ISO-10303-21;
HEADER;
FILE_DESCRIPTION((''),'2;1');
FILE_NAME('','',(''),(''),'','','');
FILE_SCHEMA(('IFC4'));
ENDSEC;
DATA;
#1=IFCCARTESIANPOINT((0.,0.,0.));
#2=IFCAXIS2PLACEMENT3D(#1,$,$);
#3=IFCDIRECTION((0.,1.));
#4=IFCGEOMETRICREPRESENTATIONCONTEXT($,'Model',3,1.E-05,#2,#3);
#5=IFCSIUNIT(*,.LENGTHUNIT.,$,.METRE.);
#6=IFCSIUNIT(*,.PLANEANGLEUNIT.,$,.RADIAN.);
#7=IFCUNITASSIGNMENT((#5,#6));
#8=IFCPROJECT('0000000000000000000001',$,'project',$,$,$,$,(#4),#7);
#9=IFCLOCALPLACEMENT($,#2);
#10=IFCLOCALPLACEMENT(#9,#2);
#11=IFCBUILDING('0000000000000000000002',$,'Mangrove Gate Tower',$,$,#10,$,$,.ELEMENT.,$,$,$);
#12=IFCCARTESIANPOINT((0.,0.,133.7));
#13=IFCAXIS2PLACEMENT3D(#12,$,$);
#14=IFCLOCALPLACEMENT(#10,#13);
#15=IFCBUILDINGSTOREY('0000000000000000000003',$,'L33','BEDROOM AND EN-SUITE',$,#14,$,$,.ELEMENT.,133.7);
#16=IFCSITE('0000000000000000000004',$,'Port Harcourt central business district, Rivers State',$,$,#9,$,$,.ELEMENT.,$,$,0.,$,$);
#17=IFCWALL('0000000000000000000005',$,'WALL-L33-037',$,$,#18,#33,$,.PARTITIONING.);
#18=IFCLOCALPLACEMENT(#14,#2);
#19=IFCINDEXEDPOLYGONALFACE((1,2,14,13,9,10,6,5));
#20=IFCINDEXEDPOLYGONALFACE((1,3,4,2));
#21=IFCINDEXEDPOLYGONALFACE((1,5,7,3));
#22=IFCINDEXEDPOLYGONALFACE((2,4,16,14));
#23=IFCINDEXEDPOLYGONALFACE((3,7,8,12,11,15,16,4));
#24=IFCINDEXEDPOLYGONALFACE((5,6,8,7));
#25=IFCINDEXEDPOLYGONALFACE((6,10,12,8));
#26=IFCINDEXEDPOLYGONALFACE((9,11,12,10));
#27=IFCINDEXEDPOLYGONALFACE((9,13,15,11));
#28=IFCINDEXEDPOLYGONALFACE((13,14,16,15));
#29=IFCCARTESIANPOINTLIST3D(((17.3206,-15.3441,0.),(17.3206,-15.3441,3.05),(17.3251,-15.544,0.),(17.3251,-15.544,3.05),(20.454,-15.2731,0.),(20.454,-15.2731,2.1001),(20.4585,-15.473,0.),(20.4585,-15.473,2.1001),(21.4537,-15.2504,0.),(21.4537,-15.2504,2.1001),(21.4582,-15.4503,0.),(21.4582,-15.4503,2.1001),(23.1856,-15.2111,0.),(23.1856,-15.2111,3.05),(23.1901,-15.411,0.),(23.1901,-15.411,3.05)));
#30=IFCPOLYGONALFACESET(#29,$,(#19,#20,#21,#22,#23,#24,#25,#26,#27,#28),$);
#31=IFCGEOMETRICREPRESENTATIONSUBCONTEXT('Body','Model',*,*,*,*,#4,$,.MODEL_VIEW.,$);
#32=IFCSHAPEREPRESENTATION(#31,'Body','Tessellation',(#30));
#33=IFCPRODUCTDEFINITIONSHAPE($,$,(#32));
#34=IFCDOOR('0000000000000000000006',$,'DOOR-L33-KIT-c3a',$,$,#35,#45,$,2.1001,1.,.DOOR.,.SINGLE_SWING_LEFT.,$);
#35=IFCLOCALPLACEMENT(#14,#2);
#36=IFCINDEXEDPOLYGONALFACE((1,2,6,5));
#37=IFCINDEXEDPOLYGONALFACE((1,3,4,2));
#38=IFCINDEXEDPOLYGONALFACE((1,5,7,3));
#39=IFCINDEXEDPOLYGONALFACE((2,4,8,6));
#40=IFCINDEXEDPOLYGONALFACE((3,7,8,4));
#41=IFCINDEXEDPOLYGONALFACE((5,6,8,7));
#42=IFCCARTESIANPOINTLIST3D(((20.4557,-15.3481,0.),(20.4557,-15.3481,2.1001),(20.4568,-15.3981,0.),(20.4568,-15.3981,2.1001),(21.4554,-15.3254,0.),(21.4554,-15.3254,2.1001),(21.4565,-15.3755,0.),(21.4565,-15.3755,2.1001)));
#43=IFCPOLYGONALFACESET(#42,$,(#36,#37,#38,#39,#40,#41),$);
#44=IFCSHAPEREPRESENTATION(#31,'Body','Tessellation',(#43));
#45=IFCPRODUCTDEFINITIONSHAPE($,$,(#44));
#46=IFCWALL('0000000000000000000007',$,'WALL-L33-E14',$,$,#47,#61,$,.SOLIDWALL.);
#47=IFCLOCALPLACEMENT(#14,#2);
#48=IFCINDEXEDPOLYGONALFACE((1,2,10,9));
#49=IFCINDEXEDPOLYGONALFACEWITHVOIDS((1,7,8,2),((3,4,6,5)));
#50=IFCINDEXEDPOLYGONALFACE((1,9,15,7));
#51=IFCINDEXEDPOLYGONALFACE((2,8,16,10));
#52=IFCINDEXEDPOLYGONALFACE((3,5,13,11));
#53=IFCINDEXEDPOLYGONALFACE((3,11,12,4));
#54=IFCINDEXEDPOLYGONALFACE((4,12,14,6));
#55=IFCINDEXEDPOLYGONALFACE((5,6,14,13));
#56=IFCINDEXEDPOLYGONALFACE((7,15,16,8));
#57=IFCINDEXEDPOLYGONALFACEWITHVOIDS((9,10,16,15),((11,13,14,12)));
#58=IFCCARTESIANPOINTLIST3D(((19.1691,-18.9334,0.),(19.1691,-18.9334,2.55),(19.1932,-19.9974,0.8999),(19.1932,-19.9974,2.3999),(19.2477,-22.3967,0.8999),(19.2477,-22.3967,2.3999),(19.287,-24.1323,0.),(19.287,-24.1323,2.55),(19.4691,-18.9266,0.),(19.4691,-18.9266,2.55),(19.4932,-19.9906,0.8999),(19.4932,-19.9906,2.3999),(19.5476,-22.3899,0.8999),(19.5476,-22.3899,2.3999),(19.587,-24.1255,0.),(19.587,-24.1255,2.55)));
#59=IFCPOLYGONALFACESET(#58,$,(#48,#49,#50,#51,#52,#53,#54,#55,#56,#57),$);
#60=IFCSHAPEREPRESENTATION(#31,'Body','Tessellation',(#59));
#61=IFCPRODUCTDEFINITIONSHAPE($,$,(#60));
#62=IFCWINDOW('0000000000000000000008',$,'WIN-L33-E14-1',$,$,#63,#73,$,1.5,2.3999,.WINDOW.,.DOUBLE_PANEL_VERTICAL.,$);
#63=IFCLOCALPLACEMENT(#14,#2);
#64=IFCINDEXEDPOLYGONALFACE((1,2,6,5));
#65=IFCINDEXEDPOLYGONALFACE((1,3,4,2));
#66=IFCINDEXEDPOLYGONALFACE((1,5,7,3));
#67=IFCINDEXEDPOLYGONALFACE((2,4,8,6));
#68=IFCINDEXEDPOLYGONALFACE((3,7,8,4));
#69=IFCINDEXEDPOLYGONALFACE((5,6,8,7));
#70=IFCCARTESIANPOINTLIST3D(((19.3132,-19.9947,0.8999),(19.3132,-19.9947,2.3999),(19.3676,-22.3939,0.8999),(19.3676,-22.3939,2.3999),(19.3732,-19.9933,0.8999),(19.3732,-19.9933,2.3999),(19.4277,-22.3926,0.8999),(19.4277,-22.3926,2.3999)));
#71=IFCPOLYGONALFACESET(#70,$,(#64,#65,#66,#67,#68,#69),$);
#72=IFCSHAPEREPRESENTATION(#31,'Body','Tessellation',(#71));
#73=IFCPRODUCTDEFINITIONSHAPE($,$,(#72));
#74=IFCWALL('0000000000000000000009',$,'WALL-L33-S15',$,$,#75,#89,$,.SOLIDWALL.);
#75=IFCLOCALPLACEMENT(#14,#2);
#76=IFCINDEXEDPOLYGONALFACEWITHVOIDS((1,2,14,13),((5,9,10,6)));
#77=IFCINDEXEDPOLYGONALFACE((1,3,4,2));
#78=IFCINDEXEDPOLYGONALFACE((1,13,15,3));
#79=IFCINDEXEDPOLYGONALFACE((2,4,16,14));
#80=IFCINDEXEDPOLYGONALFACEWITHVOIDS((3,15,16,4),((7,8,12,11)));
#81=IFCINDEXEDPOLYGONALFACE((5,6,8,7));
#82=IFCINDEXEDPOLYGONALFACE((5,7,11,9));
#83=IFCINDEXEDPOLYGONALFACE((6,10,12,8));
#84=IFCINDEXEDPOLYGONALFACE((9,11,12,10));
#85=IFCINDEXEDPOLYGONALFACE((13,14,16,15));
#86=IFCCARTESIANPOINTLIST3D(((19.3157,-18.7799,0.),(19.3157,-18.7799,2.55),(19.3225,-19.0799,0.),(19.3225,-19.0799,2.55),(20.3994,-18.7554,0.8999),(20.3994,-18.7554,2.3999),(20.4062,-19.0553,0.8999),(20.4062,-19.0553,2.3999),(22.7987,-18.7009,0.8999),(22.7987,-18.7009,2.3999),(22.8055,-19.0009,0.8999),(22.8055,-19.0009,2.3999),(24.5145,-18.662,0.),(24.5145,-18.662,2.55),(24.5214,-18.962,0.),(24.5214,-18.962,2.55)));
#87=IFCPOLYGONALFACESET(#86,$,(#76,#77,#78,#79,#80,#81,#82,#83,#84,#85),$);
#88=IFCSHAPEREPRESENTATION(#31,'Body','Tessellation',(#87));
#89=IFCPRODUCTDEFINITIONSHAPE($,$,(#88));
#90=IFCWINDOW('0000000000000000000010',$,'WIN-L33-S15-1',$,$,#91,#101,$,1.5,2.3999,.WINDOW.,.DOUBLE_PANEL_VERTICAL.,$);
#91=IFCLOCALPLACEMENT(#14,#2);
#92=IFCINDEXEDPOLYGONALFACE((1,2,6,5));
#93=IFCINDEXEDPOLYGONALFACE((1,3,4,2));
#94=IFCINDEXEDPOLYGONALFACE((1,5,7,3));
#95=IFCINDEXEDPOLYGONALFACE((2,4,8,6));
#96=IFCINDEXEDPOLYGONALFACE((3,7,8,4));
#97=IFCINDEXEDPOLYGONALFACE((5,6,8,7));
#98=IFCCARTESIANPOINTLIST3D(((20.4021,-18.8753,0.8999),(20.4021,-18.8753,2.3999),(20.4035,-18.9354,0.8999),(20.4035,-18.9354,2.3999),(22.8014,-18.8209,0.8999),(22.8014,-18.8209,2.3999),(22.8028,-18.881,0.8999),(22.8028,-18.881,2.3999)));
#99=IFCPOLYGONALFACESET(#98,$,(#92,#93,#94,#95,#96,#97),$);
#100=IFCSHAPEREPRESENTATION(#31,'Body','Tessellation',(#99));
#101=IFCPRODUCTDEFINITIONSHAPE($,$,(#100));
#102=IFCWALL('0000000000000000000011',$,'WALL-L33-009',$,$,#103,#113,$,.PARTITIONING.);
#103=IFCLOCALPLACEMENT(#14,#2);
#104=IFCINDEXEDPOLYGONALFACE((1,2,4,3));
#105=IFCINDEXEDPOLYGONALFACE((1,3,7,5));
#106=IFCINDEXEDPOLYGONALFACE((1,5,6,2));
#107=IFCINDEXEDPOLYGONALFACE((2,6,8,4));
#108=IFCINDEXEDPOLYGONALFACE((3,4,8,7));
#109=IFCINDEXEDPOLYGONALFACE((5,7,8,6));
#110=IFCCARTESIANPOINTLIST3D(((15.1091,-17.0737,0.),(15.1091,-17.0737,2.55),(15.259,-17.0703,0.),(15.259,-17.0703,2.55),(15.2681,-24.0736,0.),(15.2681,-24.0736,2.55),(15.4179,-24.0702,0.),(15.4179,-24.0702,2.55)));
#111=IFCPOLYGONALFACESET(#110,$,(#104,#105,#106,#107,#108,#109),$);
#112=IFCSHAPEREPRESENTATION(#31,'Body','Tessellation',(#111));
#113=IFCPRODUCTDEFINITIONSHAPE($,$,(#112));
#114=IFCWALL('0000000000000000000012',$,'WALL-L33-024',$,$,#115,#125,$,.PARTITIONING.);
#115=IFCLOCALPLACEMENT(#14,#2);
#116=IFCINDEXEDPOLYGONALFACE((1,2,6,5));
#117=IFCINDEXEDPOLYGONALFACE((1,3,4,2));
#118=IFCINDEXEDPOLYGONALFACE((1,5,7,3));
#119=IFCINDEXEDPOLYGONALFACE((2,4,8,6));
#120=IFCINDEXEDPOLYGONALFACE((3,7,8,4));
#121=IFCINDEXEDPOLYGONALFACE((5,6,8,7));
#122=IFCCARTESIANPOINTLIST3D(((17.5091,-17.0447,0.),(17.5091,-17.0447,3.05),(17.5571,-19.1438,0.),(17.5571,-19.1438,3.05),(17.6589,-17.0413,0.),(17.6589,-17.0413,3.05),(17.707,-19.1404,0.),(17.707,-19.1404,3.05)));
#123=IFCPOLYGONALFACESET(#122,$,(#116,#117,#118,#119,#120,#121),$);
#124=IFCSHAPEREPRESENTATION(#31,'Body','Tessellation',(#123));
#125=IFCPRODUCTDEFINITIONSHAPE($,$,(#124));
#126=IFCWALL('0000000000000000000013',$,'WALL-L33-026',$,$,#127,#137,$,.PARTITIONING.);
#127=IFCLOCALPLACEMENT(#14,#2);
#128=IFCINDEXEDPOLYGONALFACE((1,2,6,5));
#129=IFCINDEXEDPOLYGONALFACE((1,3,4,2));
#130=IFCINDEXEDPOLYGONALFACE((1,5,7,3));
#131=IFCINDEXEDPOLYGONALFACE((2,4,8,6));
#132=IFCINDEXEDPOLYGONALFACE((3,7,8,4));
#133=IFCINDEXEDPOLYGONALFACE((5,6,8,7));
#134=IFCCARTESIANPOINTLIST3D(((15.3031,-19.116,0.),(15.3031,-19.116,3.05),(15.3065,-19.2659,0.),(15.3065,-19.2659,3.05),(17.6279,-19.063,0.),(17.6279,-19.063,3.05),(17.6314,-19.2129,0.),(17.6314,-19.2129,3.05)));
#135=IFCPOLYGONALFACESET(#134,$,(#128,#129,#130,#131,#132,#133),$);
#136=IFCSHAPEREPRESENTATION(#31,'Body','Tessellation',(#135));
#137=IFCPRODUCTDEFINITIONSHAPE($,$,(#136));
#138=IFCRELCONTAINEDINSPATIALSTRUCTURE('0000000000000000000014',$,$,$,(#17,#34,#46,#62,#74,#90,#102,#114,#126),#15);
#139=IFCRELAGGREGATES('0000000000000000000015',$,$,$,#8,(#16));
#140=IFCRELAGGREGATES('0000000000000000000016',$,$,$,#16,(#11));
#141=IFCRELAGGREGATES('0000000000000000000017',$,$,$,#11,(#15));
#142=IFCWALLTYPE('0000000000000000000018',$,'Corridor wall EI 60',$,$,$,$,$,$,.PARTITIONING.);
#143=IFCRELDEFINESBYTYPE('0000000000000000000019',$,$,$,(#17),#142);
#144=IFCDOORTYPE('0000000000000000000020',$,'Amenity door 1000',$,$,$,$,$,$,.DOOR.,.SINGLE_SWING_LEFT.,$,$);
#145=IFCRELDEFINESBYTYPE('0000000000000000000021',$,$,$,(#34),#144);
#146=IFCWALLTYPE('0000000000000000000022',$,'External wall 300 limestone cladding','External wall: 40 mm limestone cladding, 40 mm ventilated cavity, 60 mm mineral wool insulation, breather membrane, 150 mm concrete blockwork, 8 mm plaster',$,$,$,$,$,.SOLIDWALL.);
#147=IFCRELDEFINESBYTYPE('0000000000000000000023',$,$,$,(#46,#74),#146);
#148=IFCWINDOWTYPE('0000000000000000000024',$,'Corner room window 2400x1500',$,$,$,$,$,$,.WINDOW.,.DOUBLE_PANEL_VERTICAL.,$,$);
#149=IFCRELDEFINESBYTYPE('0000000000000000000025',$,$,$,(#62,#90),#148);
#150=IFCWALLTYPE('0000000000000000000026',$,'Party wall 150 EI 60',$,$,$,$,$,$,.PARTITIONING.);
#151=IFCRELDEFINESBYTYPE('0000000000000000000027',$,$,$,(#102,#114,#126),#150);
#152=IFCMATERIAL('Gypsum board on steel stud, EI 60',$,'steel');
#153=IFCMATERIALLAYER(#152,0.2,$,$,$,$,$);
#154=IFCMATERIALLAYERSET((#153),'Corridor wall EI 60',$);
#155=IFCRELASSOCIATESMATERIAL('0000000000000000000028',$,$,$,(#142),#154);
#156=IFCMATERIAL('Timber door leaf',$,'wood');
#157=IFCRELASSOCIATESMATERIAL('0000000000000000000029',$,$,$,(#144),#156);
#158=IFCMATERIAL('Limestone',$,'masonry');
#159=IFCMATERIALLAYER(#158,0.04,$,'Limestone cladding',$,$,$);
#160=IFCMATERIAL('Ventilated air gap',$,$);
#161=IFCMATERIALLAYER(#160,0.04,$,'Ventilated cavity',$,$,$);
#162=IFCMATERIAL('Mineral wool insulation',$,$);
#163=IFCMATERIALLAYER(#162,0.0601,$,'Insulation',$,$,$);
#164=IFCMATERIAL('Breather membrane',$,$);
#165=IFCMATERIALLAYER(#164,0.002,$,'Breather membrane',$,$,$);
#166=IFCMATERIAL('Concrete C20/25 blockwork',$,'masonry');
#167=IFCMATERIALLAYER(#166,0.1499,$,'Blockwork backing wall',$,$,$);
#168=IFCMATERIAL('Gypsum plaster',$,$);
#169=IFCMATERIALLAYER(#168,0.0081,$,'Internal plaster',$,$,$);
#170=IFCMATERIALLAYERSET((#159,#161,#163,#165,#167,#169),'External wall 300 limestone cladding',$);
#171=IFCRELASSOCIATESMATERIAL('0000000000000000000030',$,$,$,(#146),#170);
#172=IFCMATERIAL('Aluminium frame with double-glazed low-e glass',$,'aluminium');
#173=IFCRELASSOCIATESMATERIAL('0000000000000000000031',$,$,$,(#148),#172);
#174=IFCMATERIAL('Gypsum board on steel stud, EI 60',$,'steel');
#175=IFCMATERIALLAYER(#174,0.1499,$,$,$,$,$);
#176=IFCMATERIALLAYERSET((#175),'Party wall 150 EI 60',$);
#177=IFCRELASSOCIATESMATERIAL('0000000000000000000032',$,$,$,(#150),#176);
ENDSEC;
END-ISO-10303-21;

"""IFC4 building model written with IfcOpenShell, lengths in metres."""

from ifc_helpers import new_model, si_unit, direction, frame, frame_2d, origin, place, context, subcontext, project, spatial, rectangle, extrude, material, layer, layer_set, type_object, element, fill, save


model = new_model("IFC4")

# Units and contexts
model_context = context("Model", 3, precision=1e-05, world=origin(), true_north=direction((0.0, 1.0)))
body_context = subcontext(model_context, "Body", "Model", "MODEL_VIEW")
ifc_project = project(units=[si_unit("LENGTHUNIT", "METRE"), si_unit("PLANEANGLEUNIT", "RADIAN")], contexts=[model_context])

# Site, building, storey
site_placement = place(None, origin())
site = spatial("IfcSite", under=ifc_project, at=site_placement, Name="Port Harcourt central business district, Rivers State", CompositionType="ELEMENT", RefElevation=0.0)
building_placement = place(site_placement, origin())
building = spatial("IfcBuilding", under=site, at=building_placement, Name="Mangrove Gate Tower", CompositionType="ELEMENT")
storey_placement = place(building_placement, frame((0.0, 0.0, 133.7)))
storey = spatial("IfcBuildingStorey", under=building, at=storey_placement, Name="L33", Description="BEDROOM AND EN-SUITE", CompositionType="ELEMENT", Elevation=133.7)

# Shared definitions
ifc_material_1 = material(Name="Gypsum board on steel stud, EI 60", Category="steel")
ifc_layer_1 = layer(ifc_material_1, 0.2)
ifc_layer_set_1 = layer_set([ifc_layer_1], Name="Corridor wall EI 60")
wall_type_1 = type_object("IfcWallType", Name="Corridor wall EI 60", PredefinedType="PARTITIONING", material=ifc_layer_set_1)

# Shared definitions
ifc_material_2 = material(Name="Timber door leaf", Category="wood")
door_type_1 = type_object("IfcDoorType", Name="Amenity door 1000", OperationType="SINGLE_SWING_LEFT", PredefinedType="DOOR", material=ifc_material_2)

# Wall, opening, door
wall_1_placement = place(storey_placement, frame((17.323, -15.4441, 0.0), z_axis=(0.0, 0.0, 1.0), x_axis=(0.999743, 0.022681, 0.0)))
wall_1 = element("IfcWall", 1, at=wall_1_placement, inside=storey, type_object=wall_type_1, Name="WALL-L33-037", PredefinedType="PARTITIONING", context=body_context, shape_type="SweptSolid", body=[
    extrude(rectangle(XDim=5.8665, YDim=0.2, at=frame_2d((2.9331, 0.0))), origin(), (0.0, 0.0, 1.0), 3.05),
])
opening_1_placement = place(wall_1_placement, frame((3.134, 0.0, 0.0)))
opening_1 = element("IfcOpeningElement", 2, at=opening_1_placement, cuts=wall_1, PredefinedType="OPENING", context=body_context, shape_type="SweptSolid", body=[
    extrude(rectangle(XDim=1.0, YDim=2.1001, at=frame_2d((0.5, 1.05))), frame((0.0, 0.1099, 0.0), z_axis=(0.0, -1.0, 0.0), x_axis=(1.0, 0.0, 0.0)), (0.0, 0.0, 1.0), 0.22),
])
door_1_placement = place(opening_1_placement, origin())
door_1 = element("IfcDoor", 3, at=door_1_placement, inside=storey, type_object=door_type_1, Name="DOOR-L33-KIT-c3a", OperationType="SINGLE_SWING_LEFT", OverallHeight=2.1001, OverallWidth=1.0, PredefinedType="DOOR", context=body_context, shape_type="SweptSolid", body=[
    extrude(rectangle(XDim=1.0, YDim=2.1001, at=frame_2d((0.5, 1.05))), frame((0.0, 0.0249, 0.0), z_axis=(0.0, -1.0, 0.0), x_axis=(1.0, 0.0, 0.0)), (0.0, 0.0, 1.0), 0.05),
])
fill(opening_1, door_1)

# Shared definitions
ifc_material_3 = material(Name="Limestone", Category="masonry")
ifc_layer_2 = layer(ifc_material_3, 0.04, Name="Limestone cladding")
ifc_material_4 = material(Name="Ventilated air gap")
ifc_layer_3 = layer(ifc_material_4, 0.04, Name="Ventilated cavity")
ifc_material_5 = material(Name="Mineral wool insulation")
ifc_layer_4 = layer(ifc_material_5, 0.0601, Name="Insulation")
ifc_material_6 = material(Name="Breather membrane")
ifc_layer_5 = layer(ifc_material_6, 0.002, Name="Breather membrane")
ifc_material_7 = material(Name="Concrete C20/25 blockwork", Category="masonry")
ifc_layer_6 = layer(ifc_material_7, 0.1499, Name="Blockwork backing wall")
ifc_material_8 = material(Name="Gypsum plaster")
ifc_layer_7 = layer(ifc_material_8, 0.0081, Name="Internal plaster")
ifc_layer_set_2 = layer_set([ifc_layer_2, ifc_layer_3, ifc_layer_4, ifc_layer_5, ifc_layer_6, ifc_layer_7], Name="External wall 300 limestone cladding")
wall_type_2 = type_object("IfcWallType", Name="External wall 300 limestone cladding", Description="External wall: 40 mm limestone cladding, 40 mm ventilated cavity, 60 mm mineral wool insulation, breather membrane, 150 mm concrete blockwork, 8 mm plaster", PredefinedType="SOLIDWALL", material=ifc_layer_set_2)

# Walls, openings, windows
wall_2_placement = place(storey_placement, frame((19.437, -24.1289, 0.0), z_axis=(0.0, 0.0, 1.0), x_axis=(-0.022676, 0.999743, 0.0)))
wall_2 = element("IfcWall", 4, at=wall_2_placement, inside=storey, type_object=wall_type_2, Name="WALL-L33-E14", PredefinedType="SOLIDWALL", context=body_context, shape_type="SweptSolid", body=[
    extrude(rectangle(XDim=5.2002, YDim=0.3, at=frame_2d((2.6001, 0.0))), origin(), (0.0, 0.0, 1.0), 2.55),
])
opening_2_placement = place(wall_2_placement, frame((1.7361, 0.0, 0.8999)))
opening_2 = element("IfcOpeningElement", 5, at=opening_2_placement, cuts=wall_2, PredefinedType="OPENING", context=body_context, shape_type="SweptSolid", body=[
    extrude(rectangle(XDim=2.3999, YDim=1.5, at=frame_2d((1.2, 0.75))), frame((0.0, 0.1599, 0.0), z_axis=(0.0, -1.0, 0.0), x_axis=(1.0, 0.0, 0.0)), (0.0, 0.0, 1.0), 0.3201),
])
ifc_material_9 = material(Name="Aluminium frame with double-glazed low-e glass", Category="aluminium")
window_type_1 = type_object("IfcWindowType", Name="Corner room window 2400x1500", PartitioningType="DOUBLE_PANEL_VERTICAL", PredefinedType="WINDOW", material=ifc_material_9)
window_1_placement = place(opening_2_placement, origin())
window_1 = element("IfcWindow", 6, at=window_1_placement, inside=storey, type_object=window_type_1, Name="WIN-L33-E14-1", OverallHeight=1.5, OverallWidth=2.3999, PartitioningType="DOUBLE_PANEL_VERTICAL", PredefinedType="WINDOW", context=body_context, shape_type="SweptSolid", body=[
    extrude(rectangle(XDim=2.3999, YDim=1.5, at=frame_2d((1.2, 0.75))), frame((0.0, 0.03, 0.0), z_axis=(0.0, -1.0, 0.0), x_axis=(1.0, 0.0, 0.0)), (0.0, 0.0, 1.0), 0.0601),
])
fill(opening_2, window_1)
wall_3_placement = place(storey_placement, frame((19.3191, -18.9299, 0.0), z_axis=(0.0, 0.0, 1.0), x_axis=(0.999743, 0.022676, 0.0)))
wall_3 = element("IfcWall", 7, at=wall_3_placement, inside=storey, type_object=wall_type_2, Name="WALL-L33-S15", PredefinedType="SOLIDWALL", context=body_context, shape_type="SweptSolid", body=[
    extrude(rectangle(XDim=5.2002, YDim=0.3, at=frame_2d((2.6001, 0.0))), origin(), (0.0, 0.0, 1.0), 2.55),
])
opening_3_placement = place(wall_3_placement, frame((1.084, 0.0, 0.8999)))
opening_3 = element("IfcOpeningElement", 8, at=opening_3_placement, cuts=wall_3, PredefinedType="OPENING", context=body_context, shape_type="SweptSolid", body=[
    extrude(rectangle(XDim=2.3999, YDim=1.5, at=frame_2d((1.2, 0.75))), frame((0.0, 0.1599, 0.0), z_axis=(0.0, -1.0, 0.0), x_axis=(1.0, 0.0, 0.0)), (0.0, 0.0, 1.0), 0.3201),
])
window_2_placement = place(opening_3_placement, origin())
window_2 = element("IfcWindow", 9, at=window_2_placement, inside=storey, type_object=window_type_1, Name="WIN-L33-S15-1", OverallHeight=1.5, OverallWidth=2.3999, PartitioningType="DOUBLE_PANEL_VERTICAL", PredefinedType="WINDOW", context=body_context, shape_type="SweptSolid", body=[
    extrude(rectangle(XDim=2.3999, YDim=1.5, at=frame_2d((1.2, 0.75))), frame((0.0, 0.03, 0.0), z_axis=(0.0, -1.0, 0.0), x_axis=(1.0, 0.0, 0.0)), (0.0, 0.0, 1.0), 0.0601),
])
fill(opening_3, window_2)

# Walls
ifc_material_10 = material(Name="Gypsum board on steel stud, EI 60", Category="steel")
ifc_layer_8 = layer(ifc_material_10, 0.1499)
ifc_layer_set_3 = layer_set([ifc_layer_8], Name="Party wall 150 EI 60")
wall_type_3 = type_object("IfcWallType", Name="Party wall 150 EI 60", PredefinedType="PARTITIONING", material=ifc_layer_set_3)
wall_4_placement = place(storey_placement, frame((15.343, -24.072, 0.0), z_axis=(0.0, 0.0, 1.0), x_axis=(-0.022699, 0.999742, 0.0)))
element("IfcWall", 10, at=wall_4_placement, inside=storey, type_object=wall_type_3, Name="WALL-L33-009", PredefinedType="PARTITIONING", context=body_context, shape_type="SweptSolid", body=[
    extrude(rectangle(XDim=7.0017, YDim=0.1499, at=frame_2d((3.501, 0.0))), origin(), (0.0, 0.0, 1.0), 2.55),
])
wall_5_placement = place(storey_placement, frame((17.6321, -19.1421, 0.0), z_axis=(0.0, 0.0, 1.0), x_axis=(-0.022906, 0.999738, 0.0)))
element("IfcWall", 11, at=wall_5_placement, inside=storey, type_object=wall_type_3, Name="WALL-L33-024", PredefinedType="PARTITIONING", context=body_context, shape_type="SweptSolid", body=[
    extrude(rectangle(XDim=2.0996, YDim=0.1499, at=frame_2d((1.0498, 0.0))), origin(), (0.0, 0.0, 1.0), 3.05),
])
wall_6_placement = place(storey_placement, frame((15.3049, -19.1909, 0.0), z_axis=(0.0, 0.0, 1.0), x_axis=(0.99974, 0.022781, 0.0)))
element("IfcWall", 12, at=wall_6_placement, inside=storey, type_object=wall_type_3, Name="WALL-L33-026", PredefinedType="PARTITIONING", context=body_context, shape_type="SweptSolid", body=[
    extrude(rectangle(XDim=2.3254, YDim=0.1499, at=frame_2d((1.1626, 0.0))), origin(), (0.0, 0.0, 1.0), 3.05),
])

save(model, "model.ifc")
